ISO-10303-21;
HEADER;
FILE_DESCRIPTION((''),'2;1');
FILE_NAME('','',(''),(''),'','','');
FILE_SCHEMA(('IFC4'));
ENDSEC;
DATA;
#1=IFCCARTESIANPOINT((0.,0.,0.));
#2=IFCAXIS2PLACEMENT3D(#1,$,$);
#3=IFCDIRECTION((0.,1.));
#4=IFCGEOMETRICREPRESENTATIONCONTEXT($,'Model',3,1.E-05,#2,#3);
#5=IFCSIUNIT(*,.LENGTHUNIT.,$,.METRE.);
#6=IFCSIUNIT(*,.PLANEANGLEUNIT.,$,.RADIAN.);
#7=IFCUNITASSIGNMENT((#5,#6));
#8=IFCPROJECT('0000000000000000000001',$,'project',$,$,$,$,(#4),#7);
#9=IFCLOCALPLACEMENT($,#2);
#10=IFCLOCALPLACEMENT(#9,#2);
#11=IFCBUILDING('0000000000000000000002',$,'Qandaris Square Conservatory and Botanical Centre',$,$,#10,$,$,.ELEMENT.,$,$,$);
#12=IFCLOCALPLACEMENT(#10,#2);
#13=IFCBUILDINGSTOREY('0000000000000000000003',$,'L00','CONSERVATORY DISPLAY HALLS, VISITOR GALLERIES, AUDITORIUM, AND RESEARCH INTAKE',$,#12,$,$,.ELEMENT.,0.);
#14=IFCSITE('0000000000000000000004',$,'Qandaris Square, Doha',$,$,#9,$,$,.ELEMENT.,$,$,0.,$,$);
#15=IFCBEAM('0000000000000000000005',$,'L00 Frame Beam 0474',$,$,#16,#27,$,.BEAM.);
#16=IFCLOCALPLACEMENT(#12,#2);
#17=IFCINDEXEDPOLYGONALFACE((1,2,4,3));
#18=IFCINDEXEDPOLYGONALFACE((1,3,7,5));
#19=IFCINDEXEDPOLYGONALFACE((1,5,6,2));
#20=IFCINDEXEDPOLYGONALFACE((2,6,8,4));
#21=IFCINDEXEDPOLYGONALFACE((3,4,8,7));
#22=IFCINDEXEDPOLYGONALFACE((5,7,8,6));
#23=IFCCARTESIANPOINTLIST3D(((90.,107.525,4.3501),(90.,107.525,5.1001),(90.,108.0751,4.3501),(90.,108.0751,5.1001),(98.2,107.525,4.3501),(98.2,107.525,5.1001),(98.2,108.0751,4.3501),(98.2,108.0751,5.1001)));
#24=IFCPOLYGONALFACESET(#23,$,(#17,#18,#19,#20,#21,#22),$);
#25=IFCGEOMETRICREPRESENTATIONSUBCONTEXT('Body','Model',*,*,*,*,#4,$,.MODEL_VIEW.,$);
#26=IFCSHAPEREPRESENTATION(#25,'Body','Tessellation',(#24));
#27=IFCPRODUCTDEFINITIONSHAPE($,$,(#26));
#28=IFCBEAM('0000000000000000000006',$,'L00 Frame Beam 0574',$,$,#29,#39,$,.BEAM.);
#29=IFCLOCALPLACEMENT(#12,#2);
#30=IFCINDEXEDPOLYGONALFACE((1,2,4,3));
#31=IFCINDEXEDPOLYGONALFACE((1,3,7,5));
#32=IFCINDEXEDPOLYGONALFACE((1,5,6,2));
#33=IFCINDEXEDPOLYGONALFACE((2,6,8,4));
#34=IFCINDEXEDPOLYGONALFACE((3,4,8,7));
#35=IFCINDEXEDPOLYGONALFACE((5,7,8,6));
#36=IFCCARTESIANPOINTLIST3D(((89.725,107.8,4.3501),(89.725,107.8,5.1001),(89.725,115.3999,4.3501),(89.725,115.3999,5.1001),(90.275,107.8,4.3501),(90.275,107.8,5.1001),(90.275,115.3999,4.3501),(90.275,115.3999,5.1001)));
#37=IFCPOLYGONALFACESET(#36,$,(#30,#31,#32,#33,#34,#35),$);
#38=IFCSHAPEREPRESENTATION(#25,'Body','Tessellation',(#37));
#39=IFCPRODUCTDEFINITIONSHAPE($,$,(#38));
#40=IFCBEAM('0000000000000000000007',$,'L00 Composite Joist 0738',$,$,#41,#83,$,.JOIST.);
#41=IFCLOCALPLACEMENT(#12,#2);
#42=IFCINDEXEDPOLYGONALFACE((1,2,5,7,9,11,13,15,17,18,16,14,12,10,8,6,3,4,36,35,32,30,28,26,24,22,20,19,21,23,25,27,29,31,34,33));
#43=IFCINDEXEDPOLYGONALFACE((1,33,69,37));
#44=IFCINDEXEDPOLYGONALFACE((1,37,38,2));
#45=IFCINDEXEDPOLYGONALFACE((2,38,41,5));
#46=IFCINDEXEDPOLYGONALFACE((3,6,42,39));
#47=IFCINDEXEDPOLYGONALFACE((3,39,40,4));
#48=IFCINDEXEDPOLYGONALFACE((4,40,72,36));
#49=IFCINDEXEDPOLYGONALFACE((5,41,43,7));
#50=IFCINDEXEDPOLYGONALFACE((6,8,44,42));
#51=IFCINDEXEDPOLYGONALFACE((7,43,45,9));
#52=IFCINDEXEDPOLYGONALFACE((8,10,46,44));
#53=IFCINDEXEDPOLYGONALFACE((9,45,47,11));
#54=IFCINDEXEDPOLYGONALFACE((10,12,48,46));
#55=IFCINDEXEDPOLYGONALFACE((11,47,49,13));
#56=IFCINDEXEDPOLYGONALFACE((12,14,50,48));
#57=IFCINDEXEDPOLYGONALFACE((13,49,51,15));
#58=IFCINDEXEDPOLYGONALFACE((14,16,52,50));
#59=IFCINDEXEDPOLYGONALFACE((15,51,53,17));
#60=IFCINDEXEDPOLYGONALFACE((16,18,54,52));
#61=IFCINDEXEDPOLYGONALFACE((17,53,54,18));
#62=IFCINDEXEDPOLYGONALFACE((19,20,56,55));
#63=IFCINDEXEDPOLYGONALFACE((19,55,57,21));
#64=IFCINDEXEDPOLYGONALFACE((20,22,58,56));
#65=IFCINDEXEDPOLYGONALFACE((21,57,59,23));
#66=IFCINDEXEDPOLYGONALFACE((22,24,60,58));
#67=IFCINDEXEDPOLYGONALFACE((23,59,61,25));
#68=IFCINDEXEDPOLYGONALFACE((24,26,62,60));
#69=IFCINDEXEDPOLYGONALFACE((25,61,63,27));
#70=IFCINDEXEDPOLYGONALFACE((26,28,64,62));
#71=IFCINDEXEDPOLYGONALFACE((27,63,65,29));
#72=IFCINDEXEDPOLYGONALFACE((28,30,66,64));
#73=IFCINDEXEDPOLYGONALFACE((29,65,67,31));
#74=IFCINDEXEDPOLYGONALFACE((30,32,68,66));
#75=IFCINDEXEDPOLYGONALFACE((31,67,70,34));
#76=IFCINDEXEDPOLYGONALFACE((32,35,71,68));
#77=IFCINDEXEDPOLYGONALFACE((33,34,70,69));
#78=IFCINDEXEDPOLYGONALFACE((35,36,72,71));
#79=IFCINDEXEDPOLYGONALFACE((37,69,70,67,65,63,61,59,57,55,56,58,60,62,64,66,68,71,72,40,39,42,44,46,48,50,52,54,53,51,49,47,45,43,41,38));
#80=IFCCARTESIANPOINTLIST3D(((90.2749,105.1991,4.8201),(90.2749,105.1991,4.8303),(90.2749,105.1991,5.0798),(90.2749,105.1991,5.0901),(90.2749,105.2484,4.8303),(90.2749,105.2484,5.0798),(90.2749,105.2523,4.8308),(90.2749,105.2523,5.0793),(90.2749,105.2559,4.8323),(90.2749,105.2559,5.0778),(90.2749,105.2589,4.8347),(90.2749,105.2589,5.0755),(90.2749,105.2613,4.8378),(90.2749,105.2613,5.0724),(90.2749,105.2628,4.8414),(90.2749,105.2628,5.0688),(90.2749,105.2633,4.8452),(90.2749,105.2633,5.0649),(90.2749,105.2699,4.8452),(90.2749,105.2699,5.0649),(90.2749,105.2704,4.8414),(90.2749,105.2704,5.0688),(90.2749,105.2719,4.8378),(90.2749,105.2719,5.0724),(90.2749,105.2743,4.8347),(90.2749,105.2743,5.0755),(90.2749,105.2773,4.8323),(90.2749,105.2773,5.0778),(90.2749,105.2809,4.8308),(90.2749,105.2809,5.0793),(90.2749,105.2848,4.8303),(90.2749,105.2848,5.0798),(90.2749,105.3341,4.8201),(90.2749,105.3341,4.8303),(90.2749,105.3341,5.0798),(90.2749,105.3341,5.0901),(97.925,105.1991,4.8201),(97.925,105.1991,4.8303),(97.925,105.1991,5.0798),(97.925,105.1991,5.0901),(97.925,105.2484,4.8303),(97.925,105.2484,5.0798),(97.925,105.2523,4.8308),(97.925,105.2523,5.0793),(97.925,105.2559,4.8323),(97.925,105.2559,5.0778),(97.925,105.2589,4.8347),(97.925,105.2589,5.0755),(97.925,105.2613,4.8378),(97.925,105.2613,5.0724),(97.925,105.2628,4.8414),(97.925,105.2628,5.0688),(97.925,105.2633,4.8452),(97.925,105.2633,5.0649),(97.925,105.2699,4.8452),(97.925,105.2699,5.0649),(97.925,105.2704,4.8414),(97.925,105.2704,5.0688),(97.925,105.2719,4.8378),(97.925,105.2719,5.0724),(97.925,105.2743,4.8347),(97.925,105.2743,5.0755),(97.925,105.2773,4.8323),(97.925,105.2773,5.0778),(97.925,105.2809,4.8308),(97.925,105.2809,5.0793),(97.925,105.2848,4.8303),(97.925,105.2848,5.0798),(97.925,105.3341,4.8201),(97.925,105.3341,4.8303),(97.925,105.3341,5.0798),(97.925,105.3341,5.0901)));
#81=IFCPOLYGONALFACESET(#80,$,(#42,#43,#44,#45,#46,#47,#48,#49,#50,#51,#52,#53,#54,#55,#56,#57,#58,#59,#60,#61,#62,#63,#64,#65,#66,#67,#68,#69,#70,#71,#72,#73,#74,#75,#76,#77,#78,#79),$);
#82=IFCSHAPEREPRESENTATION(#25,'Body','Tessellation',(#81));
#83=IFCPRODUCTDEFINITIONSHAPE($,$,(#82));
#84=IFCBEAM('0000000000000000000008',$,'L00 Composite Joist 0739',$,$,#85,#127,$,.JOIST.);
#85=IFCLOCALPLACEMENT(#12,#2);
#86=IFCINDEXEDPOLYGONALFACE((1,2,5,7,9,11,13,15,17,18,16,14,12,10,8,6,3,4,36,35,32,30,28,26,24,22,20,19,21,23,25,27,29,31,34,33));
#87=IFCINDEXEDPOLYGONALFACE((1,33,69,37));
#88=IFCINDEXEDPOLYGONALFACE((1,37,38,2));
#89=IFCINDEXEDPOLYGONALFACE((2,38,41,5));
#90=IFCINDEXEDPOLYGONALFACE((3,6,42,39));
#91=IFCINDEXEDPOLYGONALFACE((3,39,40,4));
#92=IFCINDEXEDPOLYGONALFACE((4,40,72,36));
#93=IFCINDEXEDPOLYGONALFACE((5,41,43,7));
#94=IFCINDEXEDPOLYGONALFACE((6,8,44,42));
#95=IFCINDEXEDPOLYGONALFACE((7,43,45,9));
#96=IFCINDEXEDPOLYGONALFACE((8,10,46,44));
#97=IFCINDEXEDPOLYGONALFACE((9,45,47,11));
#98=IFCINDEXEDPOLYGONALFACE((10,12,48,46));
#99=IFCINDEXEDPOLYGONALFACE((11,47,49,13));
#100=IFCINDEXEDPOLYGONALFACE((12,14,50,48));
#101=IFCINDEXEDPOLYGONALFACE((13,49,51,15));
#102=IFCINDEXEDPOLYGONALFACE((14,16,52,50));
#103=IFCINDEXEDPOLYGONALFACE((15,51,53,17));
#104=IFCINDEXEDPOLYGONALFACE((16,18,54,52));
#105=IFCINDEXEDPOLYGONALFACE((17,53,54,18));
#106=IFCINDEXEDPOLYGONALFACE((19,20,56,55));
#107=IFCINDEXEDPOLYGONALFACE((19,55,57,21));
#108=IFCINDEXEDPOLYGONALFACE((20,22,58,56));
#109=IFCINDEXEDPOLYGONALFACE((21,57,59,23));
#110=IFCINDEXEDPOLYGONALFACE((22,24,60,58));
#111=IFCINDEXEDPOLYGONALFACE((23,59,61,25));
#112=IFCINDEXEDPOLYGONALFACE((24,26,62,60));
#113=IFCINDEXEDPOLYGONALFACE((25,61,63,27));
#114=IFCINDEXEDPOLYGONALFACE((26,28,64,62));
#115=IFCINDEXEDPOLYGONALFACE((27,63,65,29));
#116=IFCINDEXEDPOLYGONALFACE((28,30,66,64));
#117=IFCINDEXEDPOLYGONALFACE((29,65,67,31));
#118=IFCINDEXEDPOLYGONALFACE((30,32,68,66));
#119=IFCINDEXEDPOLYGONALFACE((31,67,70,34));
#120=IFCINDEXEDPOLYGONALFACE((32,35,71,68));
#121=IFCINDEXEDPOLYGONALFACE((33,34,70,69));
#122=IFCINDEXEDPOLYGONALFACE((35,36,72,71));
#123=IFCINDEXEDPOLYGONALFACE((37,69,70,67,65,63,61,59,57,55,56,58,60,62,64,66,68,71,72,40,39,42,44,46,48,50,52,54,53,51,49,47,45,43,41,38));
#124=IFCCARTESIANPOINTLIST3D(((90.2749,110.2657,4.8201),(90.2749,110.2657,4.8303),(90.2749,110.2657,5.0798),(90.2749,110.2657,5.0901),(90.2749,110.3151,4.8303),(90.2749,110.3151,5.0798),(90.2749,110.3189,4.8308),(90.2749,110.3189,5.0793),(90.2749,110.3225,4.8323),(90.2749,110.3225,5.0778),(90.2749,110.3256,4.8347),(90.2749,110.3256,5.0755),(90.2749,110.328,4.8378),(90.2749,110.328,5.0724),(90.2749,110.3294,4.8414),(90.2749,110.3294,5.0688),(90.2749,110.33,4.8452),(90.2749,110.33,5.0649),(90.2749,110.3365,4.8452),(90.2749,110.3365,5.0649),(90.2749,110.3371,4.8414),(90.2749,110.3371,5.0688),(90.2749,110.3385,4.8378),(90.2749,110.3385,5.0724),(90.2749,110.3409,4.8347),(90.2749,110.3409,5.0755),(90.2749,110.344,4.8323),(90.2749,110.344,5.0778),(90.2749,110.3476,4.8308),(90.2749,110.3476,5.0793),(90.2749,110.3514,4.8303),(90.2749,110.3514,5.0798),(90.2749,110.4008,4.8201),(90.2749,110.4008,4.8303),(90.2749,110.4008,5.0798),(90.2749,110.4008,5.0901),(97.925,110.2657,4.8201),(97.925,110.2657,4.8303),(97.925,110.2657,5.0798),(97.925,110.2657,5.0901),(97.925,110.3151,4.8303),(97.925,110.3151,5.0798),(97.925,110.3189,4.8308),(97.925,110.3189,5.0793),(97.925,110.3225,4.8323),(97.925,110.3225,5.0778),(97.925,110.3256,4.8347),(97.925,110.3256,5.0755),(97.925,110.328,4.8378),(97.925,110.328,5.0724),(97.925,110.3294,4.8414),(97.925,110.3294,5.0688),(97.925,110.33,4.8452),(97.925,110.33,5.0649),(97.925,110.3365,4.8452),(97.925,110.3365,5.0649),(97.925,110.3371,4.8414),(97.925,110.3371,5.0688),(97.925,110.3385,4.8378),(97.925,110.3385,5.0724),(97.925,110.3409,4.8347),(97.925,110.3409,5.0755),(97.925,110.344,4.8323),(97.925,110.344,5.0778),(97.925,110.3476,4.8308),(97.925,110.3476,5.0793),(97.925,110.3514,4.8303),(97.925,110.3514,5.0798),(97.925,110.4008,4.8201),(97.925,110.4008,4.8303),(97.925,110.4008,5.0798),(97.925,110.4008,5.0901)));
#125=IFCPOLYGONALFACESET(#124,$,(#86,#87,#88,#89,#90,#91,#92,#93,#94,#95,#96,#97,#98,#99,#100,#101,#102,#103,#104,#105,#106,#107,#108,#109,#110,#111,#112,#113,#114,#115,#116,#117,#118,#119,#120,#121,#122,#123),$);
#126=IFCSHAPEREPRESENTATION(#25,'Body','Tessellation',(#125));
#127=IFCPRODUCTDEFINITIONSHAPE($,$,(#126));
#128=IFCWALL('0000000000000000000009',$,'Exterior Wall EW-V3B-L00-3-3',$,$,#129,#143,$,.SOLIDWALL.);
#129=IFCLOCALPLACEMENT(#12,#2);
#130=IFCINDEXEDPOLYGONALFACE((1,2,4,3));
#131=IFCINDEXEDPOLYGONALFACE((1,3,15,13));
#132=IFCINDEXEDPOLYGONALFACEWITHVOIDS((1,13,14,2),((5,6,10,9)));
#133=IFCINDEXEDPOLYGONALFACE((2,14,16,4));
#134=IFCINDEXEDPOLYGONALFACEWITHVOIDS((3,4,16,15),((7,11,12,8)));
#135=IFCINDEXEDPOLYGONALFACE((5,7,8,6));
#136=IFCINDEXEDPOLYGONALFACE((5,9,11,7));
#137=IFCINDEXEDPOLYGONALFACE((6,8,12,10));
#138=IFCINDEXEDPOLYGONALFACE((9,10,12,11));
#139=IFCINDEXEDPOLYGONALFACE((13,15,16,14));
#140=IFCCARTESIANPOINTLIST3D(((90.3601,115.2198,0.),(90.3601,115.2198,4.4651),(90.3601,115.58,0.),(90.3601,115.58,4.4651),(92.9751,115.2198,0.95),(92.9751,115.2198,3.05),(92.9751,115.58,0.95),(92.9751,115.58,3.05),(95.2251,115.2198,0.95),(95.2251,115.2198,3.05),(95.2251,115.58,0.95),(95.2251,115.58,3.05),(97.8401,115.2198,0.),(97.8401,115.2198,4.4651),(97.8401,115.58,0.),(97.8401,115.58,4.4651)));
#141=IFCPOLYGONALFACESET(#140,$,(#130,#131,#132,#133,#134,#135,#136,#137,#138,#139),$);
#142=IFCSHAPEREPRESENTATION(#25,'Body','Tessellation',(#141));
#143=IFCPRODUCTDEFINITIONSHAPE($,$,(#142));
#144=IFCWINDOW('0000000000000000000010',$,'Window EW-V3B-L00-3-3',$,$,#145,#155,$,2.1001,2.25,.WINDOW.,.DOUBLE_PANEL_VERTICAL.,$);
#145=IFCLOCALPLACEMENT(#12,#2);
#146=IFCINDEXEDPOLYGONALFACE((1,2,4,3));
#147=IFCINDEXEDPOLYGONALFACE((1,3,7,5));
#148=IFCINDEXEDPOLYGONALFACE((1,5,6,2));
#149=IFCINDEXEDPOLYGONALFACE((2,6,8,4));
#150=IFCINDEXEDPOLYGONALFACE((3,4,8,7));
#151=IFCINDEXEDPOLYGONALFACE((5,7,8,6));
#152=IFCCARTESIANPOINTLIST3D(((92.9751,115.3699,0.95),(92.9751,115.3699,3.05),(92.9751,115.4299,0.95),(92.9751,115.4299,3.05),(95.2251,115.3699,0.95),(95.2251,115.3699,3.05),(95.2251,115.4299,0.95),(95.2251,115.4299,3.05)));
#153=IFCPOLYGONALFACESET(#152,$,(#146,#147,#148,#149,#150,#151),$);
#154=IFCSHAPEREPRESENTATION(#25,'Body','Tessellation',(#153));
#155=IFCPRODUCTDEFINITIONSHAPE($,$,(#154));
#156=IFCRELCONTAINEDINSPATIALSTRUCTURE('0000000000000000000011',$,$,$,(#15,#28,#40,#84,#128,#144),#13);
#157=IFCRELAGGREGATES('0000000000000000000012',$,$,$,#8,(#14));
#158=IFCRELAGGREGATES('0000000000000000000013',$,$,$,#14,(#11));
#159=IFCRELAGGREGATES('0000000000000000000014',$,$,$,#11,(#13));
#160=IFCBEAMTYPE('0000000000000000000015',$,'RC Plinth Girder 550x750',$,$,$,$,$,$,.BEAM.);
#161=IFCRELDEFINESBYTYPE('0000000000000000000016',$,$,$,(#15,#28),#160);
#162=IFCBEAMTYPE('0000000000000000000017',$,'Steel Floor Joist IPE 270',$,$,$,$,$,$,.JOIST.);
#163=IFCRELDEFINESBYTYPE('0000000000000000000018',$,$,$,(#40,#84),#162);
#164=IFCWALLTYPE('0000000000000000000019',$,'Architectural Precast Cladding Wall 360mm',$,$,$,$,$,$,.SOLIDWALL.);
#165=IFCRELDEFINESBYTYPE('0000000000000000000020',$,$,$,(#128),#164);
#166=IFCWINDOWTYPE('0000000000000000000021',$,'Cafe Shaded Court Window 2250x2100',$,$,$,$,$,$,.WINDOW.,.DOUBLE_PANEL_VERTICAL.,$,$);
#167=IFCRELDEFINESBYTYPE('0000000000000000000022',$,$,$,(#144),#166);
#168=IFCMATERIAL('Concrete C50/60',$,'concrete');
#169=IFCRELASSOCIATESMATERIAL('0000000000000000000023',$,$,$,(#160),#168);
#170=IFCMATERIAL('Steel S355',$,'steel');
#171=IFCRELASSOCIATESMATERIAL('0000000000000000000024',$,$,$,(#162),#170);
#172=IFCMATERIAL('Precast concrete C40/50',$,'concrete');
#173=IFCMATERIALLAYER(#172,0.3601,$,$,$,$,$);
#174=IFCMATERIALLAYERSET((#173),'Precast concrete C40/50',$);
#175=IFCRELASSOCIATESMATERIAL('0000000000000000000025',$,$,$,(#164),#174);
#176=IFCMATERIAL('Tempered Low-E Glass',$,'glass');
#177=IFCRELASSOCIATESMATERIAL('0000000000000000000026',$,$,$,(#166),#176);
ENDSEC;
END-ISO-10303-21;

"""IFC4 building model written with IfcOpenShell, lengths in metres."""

from ifc_helpers import new_model, si_unit, direction, frame, frame_2d, origin, origin_2d, place, context, subcontext, project, spatial, rectangle, i_section, extrude, material, layer, layer_set, material_profile, profile_set, type_object, element, fill, save


model = new_model("IFC4")

# Units and contexts
model_context = context("Model", 3, precision=1e-05, world=origin(), true_north=direction((0.0, 1.0)))
body_context = subcontext(model_context, "Body", "Model", "MODEL_VIEW")
ifc_project = project(units=[si_unit("LENGTHUNIT", "METRE"), si_unit("PLANEANGLEUNIT", "RADIAN")], contexts=[model_context])

# Site, building, storey
site_placement = place(None, origin())
site = spatial("IfcSite", under=ifc_project, at=site_placement, Name="Qandaris Square, Doha", CompositionType="ELEMENT", RefElevation=0.0)
building_placement = place(site_placement, origin())
building = spatial("IfcBuilding", under=site, at=building_placement, Name="Qandaris Square Conservatory and Botanical Centre", CompositionType="ELEMENT")
storey_placement = place(building_placement, origin())
storey = spatial("IfcBuildingStorey", under=building, at=storey_placement, Name="L00", Description="CONSERVATORY DISPLAY HALLS, VISITOR GALLERIES, AUDITORIUM, AND RESEARCH INTAKE", CompositionType="ELEMENT", Elevation=0.0)

# Shared definitions
ifc_material_1 = material(Name="Concrete C50/60", Category="concrete")

# Beams
ifc_material_2 = material(Name="Steel S355", Category="steel")
ifc_material_profile_1 = material_profile(ifc_material_1, rectangle(XDim=0.55, YDim=0.75, at=origin_2d()), Name="RC-BM 550x750")
ifc_profile_set_1 = profile_set([ifc_material_profile_1], Name="Concrete C50/60")
beam_type_1 = type_object("IfcBeamType", Name="RC Plinth Girder 550x750", PredefinedType="BEAM", material=ifc_profile_set_1)
for number, where, z_axis, x_axis, name in (
    (1, (90.0, 107.8, 4.7251), (1.0, 0.0, 0.0), (0.0, 1.0, 0.0), "L00 Frame Beam 0474"),
):
    element("IfcBeam", number, at=place(storey_placement, frame(where, z_axis=z_axis, x_axis=x_axis)), inside=storey, type_object=beam_type_1, Name=name, PredefinedType="BEAM", context=body_context, shape_type="SweptSolid", body=[
        extrude(rectangle(XDim=0.55, YDim=0.75, at=origin_2d()), origin(), (0.0, 0.0, 1.0), 8.2),
    ])
beam_1_placement = place(storey_placement, frame((90.0, 107.8, 4.7251), z_axis=(0.0, 1.0, 0.0), x_axis=(-1.0, 0.0, 0.0)))
element("IfcBeam", 2, at=beam_1_placement, inside=storey, type_object=beam_type_1, Name="L00 Frame Beam 0574", PredefinedType="BEAM", context=body_context, shape_type="SweptSolid", body=[
    extrude(rectangle(XDim=0.55, YDim=0.75, at=origin_2d()), origin(), (0.0, 0.0, 1.0), 7.5999),
])
ifc_material_profile_2 = material_profile(ifc_material_2, i_section(OverallWidth=0.135, OverallDepth=0.27, WebThickness=0.0066, FlangeThickness=0.0103, FilletRadius=0.0149, at=origin_2d()), Name="IPE 270")
ifc_profile_set_2 = profile_set([ifc_material_profile_2], Name="Steel S355")
beam_type_2 = type_object("IfcBeamType", Name="Steel Floor Joist IPE 270", PredefinedType="JOIST", material=ifc_profile_set_2)
for number, where, z_axis, x_axis, name in (
    (3, (90.2749, 105.2666, 4.9551), (1.0, 0.0, 0.0), (0.0, 1.0, 0.0), "L00 Composite Joist 0738"),
    (4, (90.2749, 110.3333, 4.9551), (1.0, 0.0, 0.0), (0.0, 1.0, 0.0), "L00 Composite Joist 0739"),
):
    element("IfcBeam", number, at=place(storey_placement, frame(where, z_axis=z_axis, x_axis=x_axis)), inside=storey, type_object=beam_type_2, Name=name, PredefinedType="JOIST", context=body_context, shape_type="SweptSolid", body=[
        extrude(i_section(OverallWidth=0.135, OverallDepth=0.27, WebThickness=0.0066, FlangeThickness=0.0103, FilletRadius=0.0149, at=origin_2d()), origin(), (0.0, 0.0, 1.0), 7.6501),
    ])

# Wall, opening, window
ifc_material_3 = material(Name="Precast concrete C40/50", Category="concrete")
ifc_layer = layer(ifc_material_3, 0.3601)
ifc_layer_set = layer_set([ifc_layer], Name="Precast concrete C40/50")
wall_type = type_object("IfcWallType", Name="Architectural Precast Cladding Wall 360mm", PredefinedType="SOLIDWALL", material=ifc_layer_set)
wall_placement = place(storey_placement, frame((97.8401, 115.3999, 0.0), z_axis=(0.0, 0.0, 1.0), x_axis=(-1.0, 0.0, 0.0)))
wall = element("IfcWall", 5, at=wall_placement, inside=storey, type_object=wall_type, Name="Exterior Wall EW-V3B-L00-3-3", PredefinedType="SOLIDWALL", context=body_context, shape_type="SweptSolid", body=[
    extrude(rectangle(XDim=7.48, YDim=0.3601, at=frame_2d((3.74, 0.0))), origin(), (0.0, 0.0, 1.0), 4.4651),
])
opening_placement = place(wall_placement, frame((2.615, 0.0, 0.95)))
opening = element("IfcOpeningElement", 6, at=opening_placement, cuts=wall, PredefinedType="OPENING", context=body_context, shape_type="SweptSolid", body=[
    extrude(rectangle(XDim=2.25, YDim=2.1001, at=frame_2d((1.125, 1.05))), frame((0.0, 0.1919, 0.0), z_axis=(0.0, -1.0, 0.0), x_axis=(1.0, 0.0, 0.0)), (0.0, 0.0, 1.0), 0.384),
])
ifc_material_4 = material(Name="Tempered Low-E Glass", Category="glass")
window_type = type_object("IfcWindowType", Name="Cafe Shaded Court Window 2250x2100", PartitioningType="DOUBLE_PANEL_VERTICAL", PredefinedType="WINDOW", material=ifc_material_4)
window_placement = place(opening_placement, origin())
window = element("IfcWindow", 7, at=window_placement, inside=storey, type_object=window_type, Name="Window EW-V3B-L00-3-3", OverallHeight=2.1001, OverallWidth=2.25, PartitioningType="DOUBLE_PANEL_VERTICAL", PredefinedType="WINDOW", context=body_context, shape_type="SweptSolid", body=[
    extrude(rectangle(XDim=2.25, YDim=2.1001, at=frame_2d((1.125, 1.05))), frame((0.0, 0.03, 0.0), z_axis=(0.0, -1.0, 0.0), x_axis=(1.0, 0.0, 0.0)), (0.0, 0.0, 1.0), 0.0601),
])
fill(opening, window)

save(model, "model.ifc")
